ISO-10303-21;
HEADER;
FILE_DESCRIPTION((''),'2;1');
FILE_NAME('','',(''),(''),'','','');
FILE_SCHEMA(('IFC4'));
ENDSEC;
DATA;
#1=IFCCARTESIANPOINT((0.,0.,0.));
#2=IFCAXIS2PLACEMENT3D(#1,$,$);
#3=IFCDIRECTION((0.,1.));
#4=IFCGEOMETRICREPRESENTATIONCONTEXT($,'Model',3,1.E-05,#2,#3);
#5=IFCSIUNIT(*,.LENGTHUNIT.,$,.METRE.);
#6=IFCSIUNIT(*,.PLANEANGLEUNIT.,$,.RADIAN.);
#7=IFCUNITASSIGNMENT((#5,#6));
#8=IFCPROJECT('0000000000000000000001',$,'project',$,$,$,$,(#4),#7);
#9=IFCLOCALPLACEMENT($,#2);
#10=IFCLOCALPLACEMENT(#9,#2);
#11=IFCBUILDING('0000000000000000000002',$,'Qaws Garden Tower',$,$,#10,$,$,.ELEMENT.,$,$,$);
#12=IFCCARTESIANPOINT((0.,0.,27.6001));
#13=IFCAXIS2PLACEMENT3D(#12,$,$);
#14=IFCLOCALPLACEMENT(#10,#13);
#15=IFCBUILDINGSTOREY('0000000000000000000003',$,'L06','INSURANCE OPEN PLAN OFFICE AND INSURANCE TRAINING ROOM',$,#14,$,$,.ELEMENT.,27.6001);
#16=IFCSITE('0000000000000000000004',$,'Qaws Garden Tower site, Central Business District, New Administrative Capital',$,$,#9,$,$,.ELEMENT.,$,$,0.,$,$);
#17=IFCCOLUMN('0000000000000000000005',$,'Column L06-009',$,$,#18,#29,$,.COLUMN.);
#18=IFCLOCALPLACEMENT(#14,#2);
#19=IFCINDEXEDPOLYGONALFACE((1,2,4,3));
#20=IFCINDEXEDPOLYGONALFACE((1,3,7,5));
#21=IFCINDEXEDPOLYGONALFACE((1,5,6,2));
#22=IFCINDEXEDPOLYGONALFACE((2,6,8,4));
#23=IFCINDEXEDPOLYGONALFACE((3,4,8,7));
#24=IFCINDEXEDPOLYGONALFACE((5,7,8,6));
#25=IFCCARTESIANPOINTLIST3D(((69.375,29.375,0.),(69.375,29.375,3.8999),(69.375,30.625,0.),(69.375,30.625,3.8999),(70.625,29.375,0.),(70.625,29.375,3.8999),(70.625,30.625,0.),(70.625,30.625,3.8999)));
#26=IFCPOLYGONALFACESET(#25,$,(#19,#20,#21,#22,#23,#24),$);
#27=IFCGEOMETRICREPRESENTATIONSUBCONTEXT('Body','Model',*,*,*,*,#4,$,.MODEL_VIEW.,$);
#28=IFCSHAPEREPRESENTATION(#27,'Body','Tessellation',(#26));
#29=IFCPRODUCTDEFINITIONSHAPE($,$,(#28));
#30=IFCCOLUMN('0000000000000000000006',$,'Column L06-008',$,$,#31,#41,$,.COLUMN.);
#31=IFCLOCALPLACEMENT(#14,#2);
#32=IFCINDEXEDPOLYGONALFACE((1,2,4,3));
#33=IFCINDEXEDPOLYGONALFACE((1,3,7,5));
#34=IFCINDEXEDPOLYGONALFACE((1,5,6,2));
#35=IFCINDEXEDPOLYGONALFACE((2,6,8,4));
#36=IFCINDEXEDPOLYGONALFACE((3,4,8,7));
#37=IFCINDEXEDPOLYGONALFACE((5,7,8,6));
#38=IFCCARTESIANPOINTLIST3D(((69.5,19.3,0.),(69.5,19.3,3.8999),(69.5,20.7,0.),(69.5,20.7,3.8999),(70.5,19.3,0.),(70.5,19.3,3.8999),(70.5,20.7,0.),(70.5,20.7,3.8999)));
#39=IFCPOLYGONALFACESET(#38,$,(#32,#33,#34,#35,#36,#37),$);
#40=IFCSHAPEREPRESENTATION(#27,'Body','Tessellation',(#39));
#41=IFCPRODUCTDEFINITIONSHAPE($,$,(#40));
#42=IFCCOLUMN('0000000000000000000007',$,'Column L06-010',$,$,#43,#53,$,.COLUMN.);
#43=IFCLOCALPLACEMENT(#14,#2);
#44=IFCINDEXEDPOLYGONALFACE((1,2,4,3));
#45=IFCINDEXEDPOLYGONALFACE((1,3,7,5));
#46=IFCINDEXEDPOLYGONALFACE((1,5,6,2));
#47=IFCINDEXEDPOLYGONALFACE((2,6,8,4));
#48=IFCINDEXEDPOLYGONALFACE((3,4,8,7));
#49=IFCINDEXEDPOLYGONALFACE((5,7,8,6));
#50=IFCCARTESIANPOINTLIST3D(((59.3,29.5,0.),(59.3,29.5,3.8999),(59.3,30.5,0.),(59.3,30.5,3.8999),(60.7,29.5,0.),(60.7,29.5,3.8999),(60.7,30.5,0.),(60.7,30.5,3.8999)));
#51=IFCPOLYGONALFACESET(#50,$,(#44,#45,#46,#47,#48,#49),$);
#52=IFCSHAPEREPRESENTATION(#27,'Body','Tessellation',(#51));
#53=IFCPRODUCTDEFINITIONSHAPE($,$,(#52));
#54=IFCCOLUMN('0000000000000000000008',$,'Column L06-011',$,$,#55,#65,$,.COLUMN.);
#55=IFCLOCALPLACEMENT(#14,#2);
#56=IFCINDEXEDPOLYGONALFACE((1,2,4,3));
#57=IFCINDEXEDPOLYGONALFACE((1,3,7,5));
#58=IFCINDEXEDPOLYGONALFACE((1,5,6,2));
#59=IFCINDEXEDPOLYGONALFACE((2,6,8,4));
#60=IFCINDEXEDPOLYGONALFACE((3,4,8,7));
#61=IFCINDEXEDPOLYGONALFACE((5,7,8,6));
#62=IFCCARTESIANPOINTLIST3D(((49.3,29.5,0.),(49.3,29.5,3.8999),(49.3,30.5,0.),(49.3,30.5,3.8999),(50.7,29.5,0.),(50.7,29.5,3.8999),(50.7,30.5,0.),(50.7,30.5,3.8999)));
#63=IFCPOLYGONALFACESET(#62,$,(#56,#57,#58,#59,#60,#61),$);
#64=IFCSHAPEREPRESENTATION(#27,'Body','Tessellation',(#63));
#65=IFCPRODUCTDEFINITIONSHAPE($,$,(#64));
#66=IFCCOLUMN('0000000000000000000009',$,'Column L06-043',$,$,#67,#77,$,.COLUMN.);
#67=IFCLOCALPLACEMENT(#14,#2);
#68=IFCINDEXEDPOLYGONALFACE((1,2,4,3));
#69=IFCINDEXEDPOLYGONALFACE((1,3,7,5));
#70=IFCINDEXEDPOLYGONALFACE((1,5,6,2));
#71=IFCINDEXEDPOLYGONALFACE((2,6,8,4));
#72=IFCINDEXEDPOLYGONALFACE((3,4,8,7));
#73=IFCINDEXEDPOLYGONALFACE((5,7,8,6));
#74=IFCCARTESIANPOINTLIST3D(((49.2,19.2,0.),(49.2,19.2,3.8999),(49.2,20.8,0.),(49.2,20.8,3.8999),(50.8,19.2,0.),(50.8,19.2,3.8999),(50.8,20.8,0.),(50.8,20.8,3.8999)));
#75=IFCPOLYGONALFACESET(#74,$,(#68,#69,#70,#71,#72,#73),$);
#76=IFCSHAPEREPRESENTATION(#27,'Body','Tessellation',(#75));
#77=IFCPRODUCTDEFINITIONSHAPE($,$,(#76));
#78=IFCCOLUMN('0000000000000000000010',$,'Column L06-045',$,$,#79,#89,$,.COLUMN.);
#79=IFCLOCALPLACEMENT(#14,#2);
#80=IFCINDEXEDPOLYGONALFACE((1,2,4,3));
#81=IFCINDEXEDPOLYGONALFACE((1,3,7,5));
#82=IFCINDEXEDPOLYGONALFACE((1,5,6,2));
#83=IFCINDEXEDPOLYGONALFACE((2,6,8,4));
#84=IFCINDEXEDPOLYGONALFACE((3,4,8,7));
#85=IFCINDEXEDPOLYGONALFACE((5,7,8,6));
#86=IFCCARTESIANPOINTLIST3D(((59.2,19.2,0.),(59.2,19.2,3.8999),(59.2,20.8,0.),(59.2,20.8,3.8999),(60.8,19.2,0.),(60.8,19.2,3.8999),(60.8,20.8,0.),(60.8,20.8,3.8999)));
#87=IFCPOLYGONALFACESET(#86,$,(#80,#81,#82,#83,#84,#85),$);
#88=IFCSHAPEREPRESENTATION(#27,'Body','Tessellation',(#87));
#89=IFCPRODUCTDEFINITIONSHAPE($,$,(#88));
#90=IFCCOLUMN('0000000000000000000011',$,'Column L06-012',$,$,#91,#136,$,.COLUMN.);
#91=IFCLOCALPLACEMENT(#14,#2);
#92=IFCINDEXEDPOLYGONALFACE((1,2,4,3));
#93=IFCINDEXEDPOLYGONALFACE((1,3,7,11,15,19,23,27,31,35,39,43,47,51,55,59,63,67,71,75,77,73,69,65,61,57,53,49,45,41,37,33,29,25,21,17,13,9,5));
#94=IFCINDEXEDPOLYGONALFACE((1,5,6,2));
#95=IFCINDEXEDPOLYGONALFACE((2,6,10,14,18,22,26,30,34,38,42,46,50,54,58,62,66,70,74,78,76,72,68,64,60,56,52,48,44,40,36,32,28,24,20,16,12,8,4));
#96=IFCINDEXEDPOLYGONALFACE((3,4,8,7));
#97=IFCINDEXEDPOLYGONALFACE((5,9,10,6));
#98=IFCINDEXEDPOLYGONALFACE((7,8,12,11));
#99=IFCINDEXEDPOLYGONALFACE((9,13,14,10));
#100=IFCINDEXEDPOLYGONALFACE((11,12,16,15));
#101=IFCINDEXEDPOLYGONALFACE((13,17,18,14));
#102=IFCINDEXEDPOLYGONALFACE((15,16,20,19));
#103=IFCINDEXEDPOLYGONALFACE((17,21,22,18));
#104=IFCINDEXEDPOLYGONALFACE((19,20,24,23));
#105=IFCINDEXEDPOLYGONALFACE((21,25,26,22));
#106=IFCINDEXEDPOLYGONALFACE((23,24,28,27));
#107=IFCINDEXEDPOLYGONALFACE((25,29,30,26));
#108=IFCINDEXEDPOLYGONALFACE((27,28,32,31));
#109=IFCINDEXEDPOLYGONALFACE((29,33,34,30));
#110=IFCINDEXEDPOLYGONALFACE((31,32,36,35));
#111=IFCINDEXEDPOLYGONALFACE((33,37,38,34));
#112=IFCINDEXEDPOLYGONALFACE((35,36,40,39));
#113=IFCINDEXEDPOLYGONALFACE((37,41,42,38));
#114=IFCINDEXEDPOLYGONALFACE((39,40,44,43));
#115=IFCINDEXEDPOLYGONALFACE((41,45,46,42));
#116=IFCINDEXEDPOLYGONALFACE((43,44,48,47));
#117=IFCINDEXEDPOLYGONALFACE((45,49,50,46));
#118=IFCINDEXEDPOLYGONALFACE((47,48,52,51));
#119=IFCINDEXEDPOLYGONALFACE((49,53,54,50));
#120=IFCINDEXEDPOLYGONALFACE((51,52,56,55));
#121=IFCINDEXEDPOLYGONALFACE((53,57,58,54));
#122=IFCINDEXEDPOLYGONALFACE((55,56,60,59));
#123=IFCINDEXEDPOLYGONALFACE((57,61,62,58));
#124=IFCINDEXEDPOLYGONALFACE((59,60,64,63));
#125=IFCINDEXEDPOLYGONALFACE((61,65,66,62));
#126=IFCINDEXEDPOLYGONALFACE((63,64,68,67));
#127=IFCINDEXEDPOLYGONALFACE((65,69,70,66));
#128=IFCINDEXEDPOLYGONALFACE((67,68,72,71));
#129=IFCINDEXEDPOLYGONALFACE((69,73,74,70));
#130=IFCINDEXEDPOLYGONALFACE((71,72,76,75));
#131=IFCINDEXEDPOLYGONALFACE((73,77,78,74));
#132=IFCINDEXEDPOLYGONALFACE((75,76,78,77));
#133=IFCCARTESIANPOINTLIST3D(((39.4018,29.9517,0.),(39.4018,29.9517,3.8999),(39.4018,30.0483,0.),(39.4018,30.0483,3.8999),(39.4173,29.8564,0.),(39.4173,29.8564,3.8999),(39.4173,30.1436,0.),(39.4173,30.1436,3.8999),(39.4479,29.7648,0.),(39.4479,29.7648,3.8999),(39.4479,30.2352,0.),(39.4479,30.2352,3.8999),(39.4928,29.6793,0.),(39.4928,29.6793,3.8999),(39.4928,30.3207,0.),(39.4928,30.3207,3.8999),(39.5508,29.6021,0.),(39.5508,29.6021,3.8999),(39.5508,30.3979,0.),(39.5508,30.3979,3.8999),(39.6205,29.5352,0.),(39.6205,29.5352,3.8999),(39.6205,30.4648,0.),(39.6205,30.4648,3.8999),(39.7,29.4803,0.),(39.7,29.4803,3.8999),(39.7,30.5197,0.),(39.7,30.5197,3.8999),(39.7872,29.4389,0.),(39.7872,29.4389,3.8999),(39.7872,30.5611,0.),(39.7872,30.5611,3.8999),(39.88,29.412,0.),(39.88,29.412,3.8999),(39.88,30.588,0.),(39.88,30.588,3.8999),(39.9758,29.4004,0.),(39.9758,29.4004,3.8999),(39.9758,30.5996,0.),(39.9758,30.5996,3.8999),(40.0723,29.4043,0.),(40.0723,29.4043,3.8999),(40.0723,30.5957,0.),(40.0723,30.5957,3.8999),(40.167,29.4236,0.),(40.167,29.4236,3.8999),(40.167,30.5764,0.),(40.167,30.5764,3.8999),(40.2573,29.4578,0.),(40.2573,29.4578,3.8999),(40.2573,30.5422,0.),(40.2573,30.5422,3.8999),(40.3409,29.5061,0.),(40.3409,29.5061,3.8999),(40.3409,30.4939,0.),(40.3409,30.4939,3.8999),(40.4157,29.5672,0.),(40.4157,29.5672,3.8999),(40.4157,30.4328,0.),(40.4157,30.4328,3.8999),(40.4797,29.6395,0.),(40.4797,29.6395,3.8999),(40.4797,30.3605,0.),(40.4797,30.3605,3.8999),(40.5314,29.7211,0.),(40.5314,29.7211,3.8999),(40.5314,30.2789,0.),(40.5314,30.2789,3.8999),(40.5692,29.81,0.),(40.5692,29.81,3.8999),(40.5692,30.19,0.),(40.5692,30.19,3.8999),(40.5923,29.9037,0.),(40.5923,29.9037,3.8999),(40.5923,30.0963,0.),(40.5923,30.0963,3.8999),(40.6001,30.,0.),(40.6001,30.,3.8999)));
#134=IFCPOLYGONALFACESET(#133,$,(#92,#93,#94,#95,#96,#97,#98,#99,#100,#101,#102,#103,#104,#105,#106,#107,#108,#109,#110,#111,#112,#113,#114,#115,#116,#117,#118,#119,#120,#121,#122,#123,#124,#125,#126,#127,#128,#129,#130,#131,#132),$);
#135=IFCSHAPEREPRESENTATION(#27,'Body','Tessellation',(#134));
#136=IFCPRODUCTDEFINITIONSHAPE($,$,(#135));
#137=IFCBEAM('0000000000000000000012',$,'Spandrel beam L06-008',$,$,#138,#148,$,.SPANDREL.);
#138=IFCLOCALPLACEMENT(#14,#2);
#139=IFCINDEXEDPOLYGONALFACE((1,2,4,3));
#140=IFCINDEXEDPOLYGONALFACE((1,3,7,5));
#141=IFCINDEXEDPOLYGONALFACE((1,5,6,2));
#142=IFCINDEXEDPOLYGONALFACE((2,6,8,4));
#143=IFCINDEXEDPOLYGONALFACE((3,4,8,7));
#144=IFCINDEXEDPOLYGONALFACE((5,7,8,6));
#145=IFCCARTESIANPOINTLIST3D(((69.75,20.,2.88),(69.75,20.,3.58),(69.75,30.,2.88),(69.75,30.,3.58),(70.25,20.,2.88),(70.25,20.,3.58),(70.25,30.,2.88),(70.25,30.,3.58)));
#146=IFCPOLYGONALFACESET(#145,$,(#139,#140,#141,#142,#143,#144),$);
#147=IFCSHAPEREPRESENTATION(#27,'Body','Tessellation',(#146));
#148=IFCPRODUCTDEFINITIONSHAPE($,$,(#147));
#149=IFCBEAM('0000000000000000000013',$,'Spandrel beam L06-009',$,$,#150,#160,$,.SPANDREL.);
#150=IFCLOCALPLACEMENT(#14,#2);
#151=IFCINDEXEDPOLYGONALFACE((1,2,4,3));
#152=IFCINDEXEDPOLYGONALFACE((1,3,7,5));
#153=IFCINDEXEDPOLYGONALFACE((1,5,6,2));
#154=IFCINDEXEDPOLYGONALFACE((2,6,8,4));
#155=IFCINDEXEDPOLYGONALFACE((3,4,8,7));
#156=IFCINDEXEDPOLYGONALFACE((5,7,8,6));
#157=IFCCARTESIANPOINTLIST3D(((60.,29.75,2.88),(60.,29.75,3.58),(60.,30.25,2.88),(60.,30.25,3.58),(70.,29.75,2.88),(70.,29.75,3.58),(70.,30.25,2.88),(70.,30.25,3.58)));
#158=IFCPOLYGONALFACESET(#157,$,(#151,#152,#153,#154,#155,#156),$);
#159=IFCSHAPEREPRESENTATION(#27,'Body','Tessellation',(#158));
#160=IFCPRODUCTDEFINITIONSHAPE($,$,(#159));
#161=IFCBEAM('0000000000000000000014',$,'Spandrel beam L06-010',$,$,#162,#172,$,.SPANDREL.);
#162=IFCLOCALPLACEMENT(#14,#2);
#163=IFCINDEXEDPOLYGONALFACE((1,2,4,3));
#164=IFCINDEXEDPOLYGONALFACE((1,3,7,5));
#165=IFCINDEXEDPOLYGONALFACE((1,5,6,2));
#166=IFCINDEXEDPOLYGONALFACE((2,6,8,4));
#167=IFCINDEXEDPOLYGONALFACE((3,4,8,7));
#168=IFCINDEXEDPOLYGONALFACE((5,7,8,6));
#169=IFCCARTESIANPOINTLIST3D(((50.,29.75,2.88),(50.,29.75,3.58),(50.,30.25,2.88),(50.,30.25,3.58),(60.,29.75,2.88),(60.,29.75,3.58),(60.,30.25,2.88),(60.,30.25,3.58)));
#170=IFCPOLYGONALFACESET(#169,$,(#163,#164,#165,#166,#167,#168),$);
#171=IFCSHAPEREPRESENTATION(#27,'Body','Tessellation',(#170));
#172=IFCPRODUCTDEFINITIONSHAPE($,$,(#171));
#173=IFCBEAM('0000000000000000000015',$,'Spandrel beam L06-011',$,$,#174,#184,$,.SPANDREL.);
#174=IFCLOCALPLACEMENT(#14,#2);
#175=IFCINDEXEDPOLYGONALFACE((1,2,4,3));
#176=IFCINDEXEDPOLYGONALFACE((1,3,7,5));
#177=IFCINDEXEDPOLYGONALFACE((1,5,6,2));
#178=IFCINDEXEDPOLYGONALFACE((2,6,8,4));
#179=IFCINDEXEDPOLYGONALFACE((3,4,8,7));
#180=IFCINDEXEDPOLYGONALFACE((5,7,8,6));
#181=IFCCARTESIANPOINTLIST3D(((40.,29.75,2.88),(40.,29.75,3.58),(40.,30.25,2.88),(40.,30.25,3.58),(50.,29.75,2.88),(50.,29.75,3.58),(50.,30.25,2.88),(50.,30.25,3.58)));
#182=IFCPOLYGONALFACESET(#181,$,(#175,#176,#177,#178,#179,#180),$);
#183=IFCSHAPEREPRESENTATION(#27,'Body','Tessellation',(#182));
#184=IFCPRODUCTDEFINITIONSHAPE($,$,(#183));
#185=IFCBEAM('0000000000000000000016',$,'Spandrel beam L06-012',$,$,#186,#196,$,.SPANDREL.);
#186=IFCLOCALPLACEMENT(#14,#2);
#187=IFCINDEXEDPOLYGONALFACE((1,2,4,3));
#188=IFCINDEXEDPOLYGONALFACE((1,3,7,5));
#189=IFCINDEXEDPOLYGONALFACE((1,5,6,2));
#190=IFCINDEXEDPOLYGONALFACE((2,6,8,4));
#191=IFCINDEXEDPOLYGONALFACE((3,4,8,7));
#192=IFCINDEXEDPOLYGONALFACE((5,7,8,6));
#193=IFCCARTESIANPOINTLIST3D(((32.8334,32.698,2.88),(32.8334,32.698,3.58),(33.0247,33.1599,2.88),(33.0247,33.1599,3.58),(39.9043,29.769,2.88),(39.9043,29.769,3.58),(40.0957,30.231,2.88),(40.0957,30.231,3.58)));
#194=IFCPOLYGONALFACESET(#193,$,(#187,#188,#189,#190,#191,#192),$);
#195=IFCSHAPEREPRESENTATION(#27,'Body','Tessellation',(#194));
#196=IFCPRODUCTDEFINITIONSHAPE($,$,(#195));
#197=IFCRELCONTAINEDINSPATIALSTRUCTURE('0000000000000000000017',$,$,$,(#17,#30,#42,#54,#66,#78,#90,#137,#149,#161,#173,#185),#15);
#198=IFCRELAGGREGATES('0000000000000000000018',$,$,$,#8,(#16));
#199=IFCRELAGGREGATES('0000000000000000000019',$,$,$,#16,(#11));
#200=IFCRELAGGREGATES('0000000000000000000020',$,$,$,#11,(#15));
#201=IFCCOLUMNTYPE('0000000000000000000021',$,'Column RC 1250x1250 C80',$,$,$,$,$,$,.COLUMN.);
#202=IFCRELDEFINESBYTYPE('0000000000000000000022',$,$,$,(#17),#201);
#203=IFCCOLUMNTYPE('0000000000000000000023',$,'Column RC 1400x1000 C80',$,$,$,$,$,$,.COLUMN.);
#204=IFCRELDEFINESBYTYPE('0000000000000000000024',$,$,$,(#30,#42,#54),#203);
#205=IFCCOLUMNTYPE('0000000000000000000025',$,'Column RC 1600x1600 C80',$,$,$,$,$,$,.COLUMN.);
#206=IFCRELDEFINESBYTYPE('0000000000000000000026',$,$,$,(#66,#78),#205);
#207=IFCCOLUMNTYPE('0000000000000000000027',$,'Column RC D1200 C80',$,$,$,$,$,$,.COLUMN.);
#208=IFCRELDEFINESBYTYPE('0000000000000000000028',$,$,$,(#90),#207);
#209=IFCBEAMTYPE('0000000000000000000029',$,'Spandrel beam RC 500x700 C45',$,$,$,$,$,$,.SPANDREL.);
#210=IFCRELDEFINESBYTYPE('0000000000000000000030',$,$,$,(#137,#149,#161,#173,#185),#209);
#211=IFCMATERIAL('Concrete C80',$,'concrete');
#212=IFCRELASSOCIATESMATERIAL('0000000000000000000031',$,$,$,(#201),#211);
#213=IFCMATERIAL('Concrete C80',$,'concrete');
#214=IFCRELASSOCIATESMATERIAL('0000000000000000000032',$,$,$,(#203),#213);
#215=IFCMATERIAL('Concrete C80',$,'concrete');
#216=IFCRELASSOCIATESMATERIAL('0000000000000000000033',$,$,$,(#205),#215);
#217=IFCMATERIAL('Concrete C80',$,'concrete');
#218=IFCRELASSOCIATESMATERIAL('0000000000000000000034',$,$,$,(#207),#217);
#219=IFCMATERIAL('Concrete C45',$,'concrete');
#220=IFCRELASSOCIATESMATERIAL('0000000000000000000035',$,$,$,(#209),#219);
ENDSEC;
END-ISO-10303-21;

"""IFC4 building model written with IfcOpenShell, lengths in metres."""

from ifc_helpers import new_model, si_unit, direction, frame, origin, origin_2d, place, context, subcontext, project, spatial, rectangle, circle, extrude, material, material_profile, profile_set, type_object, element, save


model = new_model("IFC4")

# Units and contexts
model_context = context("Model", 3, precision=1e-05, world=origin(), true_north=direction((0.0, 1.0)))
body_context = subcontext(model_context, "Body", "Model", "MODEL_VIEW")
ifc_project = project(units=[si_unit("LENGTHUNIT", "METRE"), si_unit("PLANEANGLEUNIT", "RADIAN")], contexts=[model_context])

# Site, building, storey
site_placement = place(None, origin())
site = spatial("IfcSite", under=ifc_project, at=site_placement, Name="Qaws Garden Tower site, Central Business District, New Administrative Capital", CompositionType="ELEMENT", RefElevation=0.0)
building_placement = place(site_placement, origin())
building = spatial("IfcBuilding", under=site, at=building_placement, Name="Qaws Garden Tower", CompositionType="ELEMENT")
storey_placement = place(building_placement, frame((0.0, 0.0, 27.6001)))
storey = spatial("IfcBuildingStorey", under=building, at=storey_placement, Name="L06", Description="INSURANCE OPEN PLAN OFFICE AND INSURANCE TRAINING ROOM", CompositionType="ELEMENT", Elevation=27.6001)

# Columns
ifc_material_1 = material(Name="Concrete C80", Category="concrete")
ifc_material_profile_1 = material_profile(ifc_material_1, rectangle(XDim=1.25, YDim=1.25, at=origin_2d()), Name="RC 1250x1250")
ifc_profile_set_1 = profile_set([ifc_material_profile_1], Name="Concrete C80")
column_type_1 = type_object("IfcColumnType", Name="Column RC 1250x1250 C80", PredefinedType="COLUMN", material=ifc_profile_set_1)
column_1_placement = place(storey_placement, frame((70.0, 30.0, 0.0), z_axis=(0.0, 0.0, 1.0), x_axis=(1.0, 0.0, 0.0)))
element("IfcColumn", 1, at=column_1_placement, inside=storey, type_object=column_type_1, Name="Column L06-009", PredefinedType="COLUMN", context=body_context, shape_type="SweptSolid", body=[
    extrude(rectangle(XDim=1.25, YDim=1.25, at=origin_2d()), origin(), (0.0, 0.0, 1.0), 3.8999),
])
ifc_material_2 = material(Name="Concrete C80", Category="concrete")
ifc_material_profile_2 = material_profile(ifc_material_2, rectangle(XDim=1.3999, YDim=1.0, at=origin_2d()), Name="RC 1400x1000")
ifc_profile_set_2 = profile_set([ifc_material_profile_2], Name="Concrete C80")
column_type_2 = type_object("IfcColumnType", Name="Column RC 1400x1000 C80", PredefinedType="COLUMN", material=ifc_profile_set_2)
for number, where, z_axis, x_axis, name in (
    (2, (70.0, 20.0, 0.0), (0.0, 0.0, 1.0), (0.0, 1.0, 0.0), "Column L06-008"),
    (3, (60.0, 30.0, 0.0), (0.0, 0.0, 1.0), (1.0, 0.0, 0.0), "Column L06-010"),
    (4, (50.0, 30.0, 0.0), (0.0, 0.0, 1.0), (1.0, 0.0, 0.0), "Column L06-011"),
):
    element("IfcColumn", number, at=place(storey_placement, frame(where, z_axis=z_axis, x_axis=x_axis)), inside=storey, type_object=column_type_2, Name=name, PredefinedType="COLUMN", context=body_context, shape_type="SweptSolid", body=[
        extrude(rectangle(XDim=1.3999, YDim=1.0, at=origin_2d()), origin(), (0.0, 0.0, 1.0), 3.8999),
    ])
ifc_material_3 = material(Name="Concrete C80", Category="concrete")
ifc_material_profile_3 = material_profile(ifc_material_3, rectangle(XDim=1.6001, YDim=1.6001, at=origin_2d()), Name="RC 1600x1600")
ifc_profile_set_3 = profile_set([ifc_material_profile_3], Name="Concrete C80")
column_type_3 = type_object("IfcColumnType", Name="Column RC 1600x1600 C80", PredefinedType="COLUMN", material=ifc_profile_set_3)
for number, where, z_axis, x_axis, name in (
    (5, (50.0, 20.0, 0.0), (0.0, 0.0, 1.0), (1.0, 0.0, 0.0), "Column L06-043"),
    (6, (60.0, 20.0, 0.0), (0.0, 0.0, 1.0), (1.0, 0.0, 0.0), "Column L06-045"),
):
    element("IfcColumn", number, at=place(storey_placement, frame(where, z_axis=z_axis, x_axis=x_axis)), inside=storey, type_object=column_type_3, Name=name, PredefinedType="COLUMN", context=body_context, shape_type="SweptSolid", body=[
        extrude(rectangle(XDim=1.6001, YDim=1.6001, at=origin_2d()), origin(), (0.0, 0.0, 1.0), 3.8999),
    ])
ifc_material_4 = material(Name="Concrete C80", Category="concrete")
ifc_material_profile_4 = material_profile(ifc_material_4, circle(Radius=0.6001, at=origin_2d()), Name="RC D1200")
ifc_profile_set_4 = profile_set([ifc_material_profile_4], Name="Concrete C80")
column_type_4 = type_object("IfcColumnType", Name="Column RC D1200 C80", PredefinedType="COLUMN", material=ifc_profile_set_4)
column_2_placement = place(storey_placement, frame((40.0, 30.0, 0.0), z_axis=(0.0, 0.0, 1.0), x_axis=(1.0, 0.0, 0.0)))
element("IfcColumn", 7, at=column_2_placement, inside=storey, type_object=column_type_4, Name="Column L06-012", PredefinedType="COLUMN", context=body_context, shape_type="SweptSolid", body=[
    extrude(circle(Radius=0.6001, at=origin_2d()), origin(), (0.0, 0.0, 1.0), 3.8999),
])

# Beams
ifc_material_5 = material(Name="Concrete C45", Category="concrete")
ifc_material_profile_5 = material_profile(ifc_material_5, rectangle(XDim=0.5, YDim=0.7, at=origin_2d()), Name="RC 500x700")
ifc_profile_set_5 = profile_set([ifc_material_profile_5], Name="Concrete C45")
beam_type = type_object("IfcBeamType", Name="Spandrel beam RC 500x700 C45", PredefinedType="SPANDREL", material=ifc_profile_set_5)
for number, where, z_axis, x_axis, name in (
    (8, (70.0, 20.0, 3.23), (0.0, 1.0, 0.0), (-1.0, 0.0, 0.0), "Spandrel beam L06-008"),
    (9, (70.0, 30.0, 3.23), (-1.0, 0.0, 0.0), (0.0, -1.0, 0.0), "Spandrel beam L06-009"),
    (10, (60.0, 30.0, 3.23), (-1.0, 0.0, 0.0), (0.0, -1.0, 0.0), "Spandrel beam L06-010"),
    (11, (50.0, 30.0, 3.23), (-1.0, 0.0, 0.0), (0.0, -1.0, 0.0), "Spandrel beam L06-011"),
):
    element("IfcBeam", number, at=place(storey_placement, frame(where, z_axis=z_axis, x_axis=x_axis)), inside=storey, type_object=beam_type, Name=name, PredefinedType="SPANDREL", context=body_context, shape_type="SweptSolid", body=[
        extrude(rectangle(XDim=0.5, YDim=0.7, at=origin_2d()), origin(), (0.0, 0.0, 1.0), 10.0),
    ])
beam_placement = place(storey_placement, frame((40.0, 30.0, 3.23), z_axis=(-0.923878, 0.382687, 0.0), x_axis=(-0.382687, -0.923878, 0.0)))
element("IfcBeam", 12, at=beam_placement, inside=storey, type_object=beam_type, Name="Spandrel beam L06-012", PredefinedType="SPANDREL", context=body_context, shape_type="SweptSolid", body=[
    extrude(rectangle(XDim=0.5, YDim=0.7, at=origin_2d()), origin(), (0.0, 0.0, 1.0), 7.6536),
])

save(model, "model.ifc")
